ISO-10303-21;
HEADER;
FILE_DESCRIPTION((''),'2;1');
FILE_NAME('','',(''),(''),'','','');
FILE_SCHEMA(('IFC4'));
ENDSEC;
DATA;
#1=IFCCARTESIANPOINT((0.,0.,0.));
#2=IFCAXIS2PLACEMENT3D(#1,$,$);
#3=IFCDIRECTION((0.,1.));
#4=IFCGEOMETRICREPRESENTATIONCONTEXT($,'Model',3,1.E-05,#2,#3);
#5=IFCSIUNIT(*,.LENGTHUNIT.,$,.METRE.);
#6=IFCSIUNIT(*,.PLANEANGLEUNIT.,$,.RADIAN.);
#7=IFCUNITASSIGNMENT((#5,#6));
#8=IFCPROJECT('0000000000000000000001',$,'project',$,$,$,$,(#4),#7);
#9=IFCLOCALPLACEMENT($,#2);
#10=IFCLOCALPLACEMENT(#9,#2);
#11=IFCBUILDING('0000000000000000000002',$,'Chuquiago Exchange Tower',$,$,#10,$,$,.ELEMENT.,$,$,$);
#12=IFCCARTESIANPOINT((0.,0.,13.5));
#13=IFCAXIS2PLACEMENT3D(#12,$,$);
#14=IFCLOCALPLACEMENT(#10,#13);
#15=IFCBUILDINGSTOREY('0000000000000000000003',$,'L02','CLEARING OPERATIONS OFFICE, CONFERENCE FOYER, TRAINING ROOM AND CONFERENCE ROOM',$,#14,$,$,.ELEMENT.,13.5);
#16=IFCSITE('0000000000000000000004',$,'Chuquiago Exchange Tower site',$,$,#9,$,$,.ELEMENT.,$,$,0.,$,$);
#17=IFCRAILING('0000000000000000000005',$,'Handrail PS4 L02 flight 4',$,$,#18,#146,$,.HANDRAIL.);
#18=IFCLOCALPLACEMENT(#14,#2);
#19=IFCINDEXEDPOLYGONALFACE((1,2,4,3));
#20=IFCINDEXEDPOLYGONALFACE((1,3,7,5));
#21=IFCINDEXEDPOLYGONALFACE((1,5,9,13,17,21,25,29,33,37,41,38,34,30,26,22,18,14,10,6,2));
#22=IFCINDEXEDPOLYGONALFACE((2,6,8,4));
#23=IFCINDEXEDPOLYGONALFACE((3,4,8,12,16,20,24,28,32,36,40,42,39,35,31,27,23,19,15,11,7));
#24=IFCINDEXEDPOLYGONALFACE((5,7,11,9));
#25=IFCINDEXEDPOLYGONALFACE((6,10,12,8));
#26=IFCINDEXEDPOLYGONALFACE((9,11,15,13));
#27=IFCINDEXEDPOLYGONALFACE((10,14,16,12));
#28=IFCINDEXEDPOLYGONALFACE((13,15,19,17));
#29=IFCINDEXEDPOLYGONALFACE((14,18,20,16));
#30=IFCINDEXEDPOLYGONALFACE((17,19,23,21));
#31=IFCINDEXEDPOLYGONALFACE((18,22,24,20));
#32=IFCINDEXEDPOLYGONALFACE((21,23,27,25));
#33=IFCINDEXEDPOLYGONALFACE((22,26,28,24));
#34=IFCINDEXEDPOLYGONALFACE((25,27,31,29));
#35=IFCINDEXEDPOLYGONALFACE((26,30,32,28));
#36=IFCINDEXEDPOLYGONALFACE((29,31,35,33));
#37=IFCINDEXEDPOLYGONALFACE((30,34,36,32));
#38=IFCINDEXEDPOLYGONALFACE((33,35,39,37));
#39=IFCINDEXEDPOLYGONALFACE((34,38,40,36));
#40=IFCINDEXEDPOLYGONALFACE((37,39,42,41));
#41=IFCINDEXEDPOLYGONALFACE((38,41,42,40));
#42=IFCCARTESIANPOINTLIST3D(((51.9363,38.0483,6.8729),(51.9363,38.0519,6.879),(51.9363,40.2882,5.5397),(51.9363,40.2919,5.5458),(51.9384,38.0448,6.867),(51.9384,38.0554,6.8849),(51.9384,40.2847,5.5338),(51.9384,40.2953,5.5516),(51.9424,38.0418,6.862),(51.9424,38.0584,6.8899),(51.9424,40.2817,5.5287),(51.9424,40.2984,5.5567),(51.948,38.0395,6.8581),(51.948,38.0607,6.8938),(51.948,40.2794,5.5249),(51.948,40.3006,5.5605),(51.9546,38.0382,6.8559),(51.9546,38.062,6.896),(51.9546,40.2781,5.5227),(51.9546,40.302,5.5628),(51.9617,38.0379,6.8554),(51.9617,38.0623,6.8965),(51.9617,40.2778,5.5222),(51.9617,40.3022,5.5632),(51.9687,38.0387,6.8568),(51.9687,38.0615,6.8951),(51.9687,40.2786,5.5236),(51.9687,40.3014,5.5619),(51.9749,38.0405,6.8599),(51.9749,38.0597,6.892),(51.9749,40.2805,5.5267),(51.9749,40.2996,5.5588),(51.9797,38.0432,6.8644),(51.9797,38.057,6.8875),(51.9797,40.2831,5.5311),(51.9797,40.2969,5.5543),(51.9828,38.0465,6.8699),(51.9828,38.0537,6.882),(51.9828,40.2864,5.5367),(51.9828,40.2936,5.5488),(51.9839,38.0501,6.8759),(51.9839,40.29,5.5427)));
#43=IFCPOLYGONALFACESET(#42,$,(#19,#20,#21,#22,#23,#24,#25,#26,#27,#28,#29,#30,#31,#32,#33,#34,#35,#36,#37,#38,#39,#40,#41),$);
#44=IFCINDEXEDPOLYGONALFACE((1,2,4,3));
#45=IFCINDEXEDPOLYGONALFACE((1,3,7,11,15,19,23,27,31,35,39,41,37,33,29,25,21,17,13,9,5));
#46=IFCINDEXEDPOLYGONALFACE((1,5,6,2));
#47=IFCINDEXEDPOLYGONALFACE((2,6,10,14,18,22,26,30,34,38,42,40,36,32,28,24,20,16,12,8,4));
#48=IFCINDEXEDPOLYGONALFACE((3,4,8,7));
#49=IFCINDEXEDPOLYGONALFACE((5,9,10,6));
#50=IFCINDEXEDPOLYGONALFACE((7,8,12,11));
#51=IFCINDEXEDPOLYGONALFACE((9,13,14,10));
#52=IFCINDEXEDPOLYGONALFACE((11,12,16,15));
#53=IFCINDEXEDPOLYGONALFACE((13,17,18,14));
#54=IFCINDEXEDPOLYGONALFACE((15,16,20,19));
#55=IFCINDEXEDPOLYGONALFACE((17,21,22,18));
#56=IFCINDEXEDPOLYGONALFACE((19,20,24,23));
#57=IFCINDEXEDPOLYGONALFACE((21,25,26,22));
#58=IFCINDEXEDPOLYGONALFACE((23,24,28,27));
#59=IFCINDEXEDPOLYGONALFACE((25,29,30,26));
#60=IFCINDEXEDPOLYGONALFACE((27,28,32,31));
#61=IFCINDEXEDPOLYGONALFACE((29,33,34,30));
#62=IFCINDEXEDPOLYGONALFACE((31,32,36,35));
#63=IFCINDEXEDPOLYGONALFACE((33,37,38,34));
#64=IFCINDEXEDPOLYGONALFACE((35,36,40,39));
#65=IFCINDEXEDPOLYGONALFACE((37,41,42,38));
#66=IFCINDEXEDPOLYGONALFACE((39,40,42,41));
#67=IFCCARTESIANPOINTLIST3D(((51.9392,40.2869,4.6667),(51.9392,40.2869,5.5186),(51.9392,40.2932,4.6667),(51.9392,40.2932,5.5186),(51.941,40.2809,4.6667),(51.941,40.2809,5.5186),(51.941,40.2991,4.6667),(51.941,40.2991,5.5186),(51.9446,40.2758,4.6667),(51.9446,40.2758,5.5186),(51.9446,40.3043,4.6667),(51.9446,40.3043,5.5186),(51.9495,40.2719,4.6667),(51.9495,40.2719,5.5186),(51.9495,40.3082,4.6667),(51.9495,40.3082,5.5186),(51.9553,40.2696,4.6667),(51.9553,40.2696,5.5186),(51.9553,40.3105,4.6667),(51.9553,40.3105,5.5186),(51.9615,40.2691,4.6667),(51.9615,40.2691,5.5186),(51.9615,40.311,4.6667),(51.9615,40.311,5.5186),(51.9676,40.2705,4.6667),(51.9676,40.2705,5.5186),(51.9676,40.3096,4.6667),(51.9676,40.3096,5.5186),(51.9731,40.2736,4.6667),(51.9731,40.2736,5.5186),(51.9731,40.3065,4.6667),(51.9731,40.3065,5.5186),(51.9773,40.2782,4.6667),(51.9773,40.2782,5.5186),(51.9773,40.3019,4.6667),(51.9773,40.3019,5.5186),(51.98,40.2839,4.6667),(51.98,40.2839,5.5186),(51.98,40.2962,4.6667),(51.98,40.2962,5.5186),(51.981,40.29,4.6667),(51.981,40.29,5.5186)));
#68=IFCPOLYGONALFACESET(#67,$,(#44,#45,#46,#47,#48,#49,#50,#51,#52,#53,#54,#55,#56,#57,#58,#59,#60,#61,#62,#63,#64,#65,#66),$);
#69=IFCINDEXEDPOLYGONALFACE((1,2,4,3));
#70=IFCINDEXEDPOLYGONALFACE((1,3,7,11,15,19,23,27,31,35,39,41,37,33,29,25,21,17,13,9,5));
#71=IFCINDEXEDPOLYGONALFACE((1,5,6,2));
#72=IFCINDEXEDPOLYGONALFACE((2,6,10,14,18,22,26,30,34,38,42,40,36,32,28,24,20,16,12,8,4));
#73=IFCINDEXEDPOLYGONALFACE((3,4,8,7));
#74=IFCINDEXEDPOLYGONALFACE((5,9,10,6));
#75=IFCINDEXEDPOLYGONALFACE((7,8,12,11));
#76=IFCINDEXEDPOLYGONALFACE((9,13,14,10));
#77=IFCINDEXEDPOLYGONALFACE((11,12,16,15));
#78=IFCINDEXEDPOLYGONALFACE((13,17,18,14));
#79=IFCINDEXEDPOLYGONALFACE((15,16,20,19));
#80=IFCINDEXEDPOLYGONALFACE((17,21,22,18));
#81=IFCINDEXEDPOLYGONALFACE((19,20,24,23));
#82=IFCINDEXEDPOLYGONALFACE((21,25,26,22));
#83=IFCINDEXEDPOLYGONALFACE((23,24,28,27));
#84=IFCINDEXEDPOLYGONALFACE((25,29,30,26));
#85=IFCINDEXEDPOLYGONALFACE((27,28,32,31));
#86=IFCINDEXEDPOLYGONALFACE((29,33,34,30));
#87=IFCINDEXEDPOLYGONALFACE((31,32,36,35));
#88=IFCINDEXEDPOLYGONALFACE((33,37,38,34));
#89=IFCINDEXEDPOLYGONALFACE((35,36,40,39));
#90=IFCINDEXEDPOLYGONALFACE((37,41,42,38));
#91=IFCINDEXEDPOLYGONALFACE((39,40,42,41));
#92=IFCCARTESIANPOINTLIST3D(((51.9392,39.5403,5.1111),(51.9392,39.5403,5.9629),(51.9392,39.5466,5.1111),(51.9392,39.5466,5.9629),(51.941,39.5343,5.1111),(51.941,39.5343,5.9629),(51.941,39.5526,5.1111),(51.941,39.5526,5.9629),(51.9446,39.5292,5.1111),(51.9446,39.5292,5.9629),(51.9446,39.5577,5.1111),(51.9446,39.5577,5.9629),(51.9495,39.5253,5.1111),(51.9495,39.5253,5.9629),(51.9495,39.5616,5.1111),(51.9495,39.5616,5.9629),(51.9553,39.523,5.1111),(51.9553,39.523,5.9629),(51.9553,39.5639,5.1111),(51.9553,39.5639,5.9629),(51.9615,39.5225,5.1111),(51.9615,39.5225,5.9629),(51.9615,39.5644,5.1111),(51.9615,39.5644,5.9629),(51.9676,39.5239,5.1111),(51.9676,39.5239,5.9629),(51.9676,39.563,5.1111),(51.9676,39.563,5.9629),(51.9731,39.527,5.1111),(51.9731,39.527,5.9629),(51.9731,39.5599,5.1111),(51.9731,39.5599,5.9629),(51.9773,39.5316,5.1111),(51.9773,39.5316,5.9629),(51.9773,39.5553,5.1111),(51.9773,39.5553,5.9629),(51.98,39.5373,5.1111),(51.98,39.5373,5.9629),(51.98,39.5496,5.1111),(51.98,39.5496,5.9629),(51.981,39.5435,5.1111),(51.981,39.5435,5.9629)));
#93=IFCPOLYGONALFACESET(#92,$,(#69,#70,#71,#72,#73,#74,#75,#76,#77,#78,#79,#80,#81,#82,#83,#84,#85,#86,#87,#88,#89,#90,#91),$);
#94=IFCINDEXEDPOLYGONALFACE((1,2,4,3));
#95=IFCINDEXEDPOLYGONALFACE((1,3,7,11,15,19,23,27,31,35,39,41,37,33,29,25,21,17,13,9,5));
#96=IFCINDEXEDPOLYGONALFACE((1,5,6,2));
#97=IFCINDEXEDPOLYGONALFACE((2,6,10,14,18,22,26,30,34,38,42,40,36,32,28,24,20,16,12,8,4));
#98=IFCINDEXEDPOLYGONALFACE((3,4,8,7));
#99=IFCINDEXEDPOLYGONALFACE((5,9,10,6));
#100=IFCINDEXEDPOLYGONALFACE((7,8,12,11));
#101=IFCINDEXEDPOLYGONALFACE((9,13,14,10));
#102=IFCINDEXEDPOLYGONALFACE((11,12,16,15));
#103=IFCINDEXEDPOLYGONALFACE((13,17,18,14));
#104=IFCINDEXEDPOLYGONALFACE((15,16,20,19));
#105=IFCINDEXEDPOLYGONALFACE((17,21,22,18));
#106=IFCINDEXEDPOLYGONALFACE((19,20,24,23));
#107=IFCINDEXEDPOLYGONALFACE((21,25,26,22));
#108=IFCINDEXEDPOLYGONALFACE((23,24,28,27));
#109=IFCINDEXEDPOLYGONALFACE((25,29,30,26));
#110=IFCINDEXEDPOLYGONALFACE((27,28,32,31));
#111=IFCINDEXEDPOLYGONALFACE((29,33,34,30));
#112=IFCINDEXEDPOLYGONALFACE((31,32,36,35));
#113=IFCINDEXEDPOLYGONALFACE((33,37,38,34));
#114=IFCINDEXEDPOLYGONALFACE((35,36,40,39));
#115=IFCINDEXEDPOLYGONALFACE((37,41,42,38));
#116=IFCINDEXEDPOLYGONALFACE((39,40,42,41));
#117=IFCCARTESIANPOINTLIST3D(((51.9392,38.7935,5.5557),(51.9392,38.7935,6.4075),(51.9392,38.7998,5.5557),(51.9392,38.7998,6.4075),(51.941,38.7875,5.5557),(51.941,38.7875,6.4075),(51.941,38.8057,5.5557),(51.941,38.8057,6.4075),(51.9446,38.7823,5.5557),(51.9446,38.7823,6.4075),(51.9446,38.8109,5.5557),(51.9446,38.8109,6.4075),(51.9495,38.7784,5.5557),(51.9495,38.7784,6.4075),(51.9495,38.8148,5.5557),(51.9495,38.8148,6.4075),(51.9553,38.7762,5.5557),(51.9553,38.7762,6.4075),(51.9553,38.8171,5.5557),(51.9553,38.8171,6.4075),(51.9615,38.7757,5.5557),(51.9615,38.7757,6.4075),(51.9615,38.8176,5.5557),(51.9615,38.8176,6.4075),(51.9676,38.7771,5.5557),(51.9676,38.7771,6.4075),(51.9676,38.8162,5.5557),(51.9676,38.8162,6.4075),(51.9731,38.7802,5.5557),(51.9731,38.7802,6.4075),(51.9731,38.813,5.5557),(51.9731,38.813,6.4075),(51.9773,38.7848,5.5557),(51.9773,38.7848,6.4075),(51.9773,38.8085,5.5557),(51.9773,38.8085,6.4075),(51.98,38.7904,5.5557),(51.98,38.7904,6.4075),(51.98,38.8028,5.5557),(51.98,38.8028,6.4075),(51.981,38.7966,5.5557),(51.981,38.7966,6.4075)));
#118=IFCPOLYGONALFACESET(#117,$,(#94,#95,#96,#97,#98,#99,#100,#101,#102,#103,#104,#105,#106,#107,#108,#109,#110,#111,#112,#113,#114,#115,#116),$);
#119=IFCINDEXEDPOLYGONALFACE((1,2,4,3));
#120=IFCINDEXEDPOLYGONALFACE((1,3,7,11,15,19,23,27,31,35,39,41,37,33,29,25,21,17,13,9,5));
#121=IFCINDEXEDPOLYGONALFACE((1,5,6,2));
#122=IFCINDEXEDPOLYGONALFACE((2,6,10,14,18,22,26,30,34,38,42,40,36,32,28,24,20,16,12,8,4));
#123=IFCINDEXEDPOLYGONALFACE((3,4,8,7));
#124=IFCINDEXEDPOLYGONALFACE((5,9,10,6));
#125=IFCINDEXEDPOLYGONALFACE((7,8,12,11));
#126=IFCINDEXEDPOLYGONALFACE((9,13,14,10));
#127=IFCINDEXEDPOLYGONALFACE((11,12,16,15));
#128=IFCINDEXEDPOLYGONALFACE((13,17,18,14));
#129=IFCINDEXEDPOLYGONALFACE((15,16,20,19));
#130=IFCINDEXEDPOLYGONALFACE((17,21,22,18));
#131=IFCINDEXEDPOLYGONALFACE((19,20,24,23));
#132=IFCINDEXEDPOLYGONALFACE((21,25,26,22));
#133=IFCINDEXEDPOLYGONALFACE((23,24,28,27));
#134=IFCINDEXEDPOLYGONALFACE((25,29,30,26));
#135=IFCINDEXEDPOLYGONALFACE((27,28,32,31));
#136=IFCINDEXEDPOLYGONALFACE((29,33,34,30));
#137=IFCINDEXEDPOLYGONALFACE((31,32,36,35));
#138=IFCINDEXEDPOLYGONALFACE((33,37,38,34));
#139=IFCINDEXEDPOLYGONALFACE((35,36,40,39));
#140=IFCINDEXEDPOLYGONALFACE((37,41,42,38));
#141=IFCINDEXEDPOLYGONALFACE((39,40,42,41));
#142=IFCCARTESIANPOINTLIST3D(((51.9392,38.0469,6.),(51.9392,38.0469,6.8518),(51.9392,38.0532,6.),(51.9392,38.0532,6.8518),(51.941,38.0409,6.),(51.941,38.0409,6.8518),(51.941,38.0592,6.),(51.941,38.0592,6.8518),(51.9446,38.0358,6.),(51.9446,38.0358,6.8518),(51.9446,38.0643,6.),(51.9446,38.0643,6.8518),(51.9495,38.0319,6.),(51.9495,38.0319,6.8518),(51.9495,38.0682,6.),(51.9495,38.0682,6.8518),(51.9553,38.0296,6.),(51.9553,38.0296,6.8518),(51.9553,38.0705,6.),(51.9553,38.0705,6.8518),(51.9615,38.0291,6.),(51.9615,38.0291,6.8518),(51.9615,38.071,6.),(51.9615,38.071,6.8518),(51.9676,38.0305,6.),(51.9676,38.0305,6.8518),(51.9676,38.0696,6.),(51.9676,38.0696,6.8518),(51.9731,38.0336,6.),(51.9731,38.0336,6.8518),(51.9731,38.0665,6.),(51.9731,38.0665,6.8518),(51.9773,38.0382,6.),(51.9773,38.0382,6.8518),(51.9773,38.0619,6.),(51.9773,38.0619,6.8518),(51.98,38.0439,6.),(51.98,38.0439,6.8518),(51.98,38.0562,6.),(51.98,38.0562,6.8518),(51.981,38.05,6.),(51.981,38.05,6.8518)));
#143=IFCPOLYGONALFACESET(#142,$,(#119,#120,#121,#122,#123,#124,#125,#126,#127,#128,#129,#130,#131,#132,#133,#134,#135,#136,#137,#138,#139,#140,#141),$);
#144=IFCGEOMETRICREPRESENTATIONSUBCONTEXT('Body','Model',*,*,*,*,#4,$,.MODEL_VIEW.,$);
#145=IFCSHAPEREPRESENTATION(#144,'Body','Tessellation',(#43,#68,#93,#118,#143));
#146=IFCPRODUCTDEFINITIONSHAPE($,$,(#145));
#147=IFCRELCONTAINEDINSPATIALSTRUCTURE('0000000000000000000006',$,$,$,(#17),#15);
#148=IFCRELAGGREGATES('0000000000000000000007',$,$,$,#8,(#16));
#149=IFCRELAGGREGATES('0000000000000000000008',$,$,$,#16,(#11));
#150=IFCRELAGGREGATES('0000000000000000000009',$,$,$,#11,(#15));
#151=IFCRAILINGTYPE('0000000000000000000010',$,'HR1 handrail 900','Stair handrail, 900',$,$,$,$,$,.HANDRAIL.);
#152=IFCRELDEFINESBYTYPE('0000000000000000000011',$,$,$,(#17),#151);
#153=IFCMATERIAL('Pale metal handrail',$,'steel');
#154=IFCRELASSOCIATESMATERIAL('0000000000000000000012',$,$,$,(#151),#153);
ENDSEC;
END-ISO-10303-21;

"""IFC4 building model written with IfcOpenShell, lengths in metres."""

from ifc_helpers import new_model, si_unit, direction, frame, origin, origin_2d, place, context, subcontext, project, spatial, circle, extrude, material, type_object, element, save


model = new_model("IFC4")

# Units and contexts
model_context = context("Model", 3, precision=1e-05, world=origin(), true_north=direction((0.0, 1.0)))
body_context = subcontext(model_context, "Body", "Model", "MODEL_VIEW")
ifc_project = project(units=[si_unit("LENGTHUNIT", "METRE"), si_unit("PLANEANGLEUNIT", "RADIAN")], contexts=[model_context])

# Site, building, storey
site_placement = place(None, origin())
site = spatial("IfcSite", under=ifc_project, at=site_placement, Name="Chuquiago Exchange Tower site", CompositionType="ELEMENT", RefElevation=0.0)
building_placement = place(site_placement, origin())
building = spatial("IfcBuilding", under=site, at=building_placement, Name="Chuquiago Exchange Tower", CompositionType="ELEMENT")
storey_placement = place(building_placement, frame((0.0, 0.0, 13.5)))
storey = spatial("IfcBuildingStorey", under=building, at=storey_placement, Name="L02", Description="CLEARING OPERATIONS OFFICE, CONFERENCE FOYER, TRAINING ROOM AND CONFERENCE ROOM", CompositionType="ELEMENT", Elevation=13.5)

# Railing
ifc_material_1 = material(Name="Pale metal handrail", Category="steel")
railing_type = type_object("IfcRailingType", Name="HR1 handrail 900", Description="Stair handrail, 900", PredefinedType="HANDRAIL", material=ifc_material_1)
for number, where, name in (
    (1, (51.96, 40.29, 4.6667), "Handrail PS4 L02 flight 4"),
):
    element("IfcRailing", number, at=place(storey_placement, frame(where)), inside=storey, type_object=railing_type, Name=name, PredefinedType="HANDRAIL", context=body_context, shape_type="SweptSolid", body=[
        extrude(circle(Radius=0.0239, at=origin_2d()), frame((0.0, 0.0, 0.876), z_axis=(0.0, -0.859306, 0.511462), x_axis=(1.0, 0.0, 0.0)), (0.0, 0.0, 1.0), 2.6067),
        extrude(circle(Radius=0.021, at=origin_2d()), origin(), (0.0, 0.0, 1.0), 0.8518),
        extrude(circle(Radius=0.021, at=origin_2d()), frame((0.0, -0.7466, 0.4443)), (0.0, 0.0, 1.0), 0.8518),
        extrude(circle(Radius=0.021, at=origin_2d()), frame((0.0, -1.4934, 0.8889)), (0.0, 0.0, 1.0), 0.8518),
        extrude(circle(Radius=0.021, at=origin_2d()), frame((0.0, -2.24, 1.3333)), (0.0, 0.0, 1.0), 0.8518),
    ])

save(model, "model.ifc")
